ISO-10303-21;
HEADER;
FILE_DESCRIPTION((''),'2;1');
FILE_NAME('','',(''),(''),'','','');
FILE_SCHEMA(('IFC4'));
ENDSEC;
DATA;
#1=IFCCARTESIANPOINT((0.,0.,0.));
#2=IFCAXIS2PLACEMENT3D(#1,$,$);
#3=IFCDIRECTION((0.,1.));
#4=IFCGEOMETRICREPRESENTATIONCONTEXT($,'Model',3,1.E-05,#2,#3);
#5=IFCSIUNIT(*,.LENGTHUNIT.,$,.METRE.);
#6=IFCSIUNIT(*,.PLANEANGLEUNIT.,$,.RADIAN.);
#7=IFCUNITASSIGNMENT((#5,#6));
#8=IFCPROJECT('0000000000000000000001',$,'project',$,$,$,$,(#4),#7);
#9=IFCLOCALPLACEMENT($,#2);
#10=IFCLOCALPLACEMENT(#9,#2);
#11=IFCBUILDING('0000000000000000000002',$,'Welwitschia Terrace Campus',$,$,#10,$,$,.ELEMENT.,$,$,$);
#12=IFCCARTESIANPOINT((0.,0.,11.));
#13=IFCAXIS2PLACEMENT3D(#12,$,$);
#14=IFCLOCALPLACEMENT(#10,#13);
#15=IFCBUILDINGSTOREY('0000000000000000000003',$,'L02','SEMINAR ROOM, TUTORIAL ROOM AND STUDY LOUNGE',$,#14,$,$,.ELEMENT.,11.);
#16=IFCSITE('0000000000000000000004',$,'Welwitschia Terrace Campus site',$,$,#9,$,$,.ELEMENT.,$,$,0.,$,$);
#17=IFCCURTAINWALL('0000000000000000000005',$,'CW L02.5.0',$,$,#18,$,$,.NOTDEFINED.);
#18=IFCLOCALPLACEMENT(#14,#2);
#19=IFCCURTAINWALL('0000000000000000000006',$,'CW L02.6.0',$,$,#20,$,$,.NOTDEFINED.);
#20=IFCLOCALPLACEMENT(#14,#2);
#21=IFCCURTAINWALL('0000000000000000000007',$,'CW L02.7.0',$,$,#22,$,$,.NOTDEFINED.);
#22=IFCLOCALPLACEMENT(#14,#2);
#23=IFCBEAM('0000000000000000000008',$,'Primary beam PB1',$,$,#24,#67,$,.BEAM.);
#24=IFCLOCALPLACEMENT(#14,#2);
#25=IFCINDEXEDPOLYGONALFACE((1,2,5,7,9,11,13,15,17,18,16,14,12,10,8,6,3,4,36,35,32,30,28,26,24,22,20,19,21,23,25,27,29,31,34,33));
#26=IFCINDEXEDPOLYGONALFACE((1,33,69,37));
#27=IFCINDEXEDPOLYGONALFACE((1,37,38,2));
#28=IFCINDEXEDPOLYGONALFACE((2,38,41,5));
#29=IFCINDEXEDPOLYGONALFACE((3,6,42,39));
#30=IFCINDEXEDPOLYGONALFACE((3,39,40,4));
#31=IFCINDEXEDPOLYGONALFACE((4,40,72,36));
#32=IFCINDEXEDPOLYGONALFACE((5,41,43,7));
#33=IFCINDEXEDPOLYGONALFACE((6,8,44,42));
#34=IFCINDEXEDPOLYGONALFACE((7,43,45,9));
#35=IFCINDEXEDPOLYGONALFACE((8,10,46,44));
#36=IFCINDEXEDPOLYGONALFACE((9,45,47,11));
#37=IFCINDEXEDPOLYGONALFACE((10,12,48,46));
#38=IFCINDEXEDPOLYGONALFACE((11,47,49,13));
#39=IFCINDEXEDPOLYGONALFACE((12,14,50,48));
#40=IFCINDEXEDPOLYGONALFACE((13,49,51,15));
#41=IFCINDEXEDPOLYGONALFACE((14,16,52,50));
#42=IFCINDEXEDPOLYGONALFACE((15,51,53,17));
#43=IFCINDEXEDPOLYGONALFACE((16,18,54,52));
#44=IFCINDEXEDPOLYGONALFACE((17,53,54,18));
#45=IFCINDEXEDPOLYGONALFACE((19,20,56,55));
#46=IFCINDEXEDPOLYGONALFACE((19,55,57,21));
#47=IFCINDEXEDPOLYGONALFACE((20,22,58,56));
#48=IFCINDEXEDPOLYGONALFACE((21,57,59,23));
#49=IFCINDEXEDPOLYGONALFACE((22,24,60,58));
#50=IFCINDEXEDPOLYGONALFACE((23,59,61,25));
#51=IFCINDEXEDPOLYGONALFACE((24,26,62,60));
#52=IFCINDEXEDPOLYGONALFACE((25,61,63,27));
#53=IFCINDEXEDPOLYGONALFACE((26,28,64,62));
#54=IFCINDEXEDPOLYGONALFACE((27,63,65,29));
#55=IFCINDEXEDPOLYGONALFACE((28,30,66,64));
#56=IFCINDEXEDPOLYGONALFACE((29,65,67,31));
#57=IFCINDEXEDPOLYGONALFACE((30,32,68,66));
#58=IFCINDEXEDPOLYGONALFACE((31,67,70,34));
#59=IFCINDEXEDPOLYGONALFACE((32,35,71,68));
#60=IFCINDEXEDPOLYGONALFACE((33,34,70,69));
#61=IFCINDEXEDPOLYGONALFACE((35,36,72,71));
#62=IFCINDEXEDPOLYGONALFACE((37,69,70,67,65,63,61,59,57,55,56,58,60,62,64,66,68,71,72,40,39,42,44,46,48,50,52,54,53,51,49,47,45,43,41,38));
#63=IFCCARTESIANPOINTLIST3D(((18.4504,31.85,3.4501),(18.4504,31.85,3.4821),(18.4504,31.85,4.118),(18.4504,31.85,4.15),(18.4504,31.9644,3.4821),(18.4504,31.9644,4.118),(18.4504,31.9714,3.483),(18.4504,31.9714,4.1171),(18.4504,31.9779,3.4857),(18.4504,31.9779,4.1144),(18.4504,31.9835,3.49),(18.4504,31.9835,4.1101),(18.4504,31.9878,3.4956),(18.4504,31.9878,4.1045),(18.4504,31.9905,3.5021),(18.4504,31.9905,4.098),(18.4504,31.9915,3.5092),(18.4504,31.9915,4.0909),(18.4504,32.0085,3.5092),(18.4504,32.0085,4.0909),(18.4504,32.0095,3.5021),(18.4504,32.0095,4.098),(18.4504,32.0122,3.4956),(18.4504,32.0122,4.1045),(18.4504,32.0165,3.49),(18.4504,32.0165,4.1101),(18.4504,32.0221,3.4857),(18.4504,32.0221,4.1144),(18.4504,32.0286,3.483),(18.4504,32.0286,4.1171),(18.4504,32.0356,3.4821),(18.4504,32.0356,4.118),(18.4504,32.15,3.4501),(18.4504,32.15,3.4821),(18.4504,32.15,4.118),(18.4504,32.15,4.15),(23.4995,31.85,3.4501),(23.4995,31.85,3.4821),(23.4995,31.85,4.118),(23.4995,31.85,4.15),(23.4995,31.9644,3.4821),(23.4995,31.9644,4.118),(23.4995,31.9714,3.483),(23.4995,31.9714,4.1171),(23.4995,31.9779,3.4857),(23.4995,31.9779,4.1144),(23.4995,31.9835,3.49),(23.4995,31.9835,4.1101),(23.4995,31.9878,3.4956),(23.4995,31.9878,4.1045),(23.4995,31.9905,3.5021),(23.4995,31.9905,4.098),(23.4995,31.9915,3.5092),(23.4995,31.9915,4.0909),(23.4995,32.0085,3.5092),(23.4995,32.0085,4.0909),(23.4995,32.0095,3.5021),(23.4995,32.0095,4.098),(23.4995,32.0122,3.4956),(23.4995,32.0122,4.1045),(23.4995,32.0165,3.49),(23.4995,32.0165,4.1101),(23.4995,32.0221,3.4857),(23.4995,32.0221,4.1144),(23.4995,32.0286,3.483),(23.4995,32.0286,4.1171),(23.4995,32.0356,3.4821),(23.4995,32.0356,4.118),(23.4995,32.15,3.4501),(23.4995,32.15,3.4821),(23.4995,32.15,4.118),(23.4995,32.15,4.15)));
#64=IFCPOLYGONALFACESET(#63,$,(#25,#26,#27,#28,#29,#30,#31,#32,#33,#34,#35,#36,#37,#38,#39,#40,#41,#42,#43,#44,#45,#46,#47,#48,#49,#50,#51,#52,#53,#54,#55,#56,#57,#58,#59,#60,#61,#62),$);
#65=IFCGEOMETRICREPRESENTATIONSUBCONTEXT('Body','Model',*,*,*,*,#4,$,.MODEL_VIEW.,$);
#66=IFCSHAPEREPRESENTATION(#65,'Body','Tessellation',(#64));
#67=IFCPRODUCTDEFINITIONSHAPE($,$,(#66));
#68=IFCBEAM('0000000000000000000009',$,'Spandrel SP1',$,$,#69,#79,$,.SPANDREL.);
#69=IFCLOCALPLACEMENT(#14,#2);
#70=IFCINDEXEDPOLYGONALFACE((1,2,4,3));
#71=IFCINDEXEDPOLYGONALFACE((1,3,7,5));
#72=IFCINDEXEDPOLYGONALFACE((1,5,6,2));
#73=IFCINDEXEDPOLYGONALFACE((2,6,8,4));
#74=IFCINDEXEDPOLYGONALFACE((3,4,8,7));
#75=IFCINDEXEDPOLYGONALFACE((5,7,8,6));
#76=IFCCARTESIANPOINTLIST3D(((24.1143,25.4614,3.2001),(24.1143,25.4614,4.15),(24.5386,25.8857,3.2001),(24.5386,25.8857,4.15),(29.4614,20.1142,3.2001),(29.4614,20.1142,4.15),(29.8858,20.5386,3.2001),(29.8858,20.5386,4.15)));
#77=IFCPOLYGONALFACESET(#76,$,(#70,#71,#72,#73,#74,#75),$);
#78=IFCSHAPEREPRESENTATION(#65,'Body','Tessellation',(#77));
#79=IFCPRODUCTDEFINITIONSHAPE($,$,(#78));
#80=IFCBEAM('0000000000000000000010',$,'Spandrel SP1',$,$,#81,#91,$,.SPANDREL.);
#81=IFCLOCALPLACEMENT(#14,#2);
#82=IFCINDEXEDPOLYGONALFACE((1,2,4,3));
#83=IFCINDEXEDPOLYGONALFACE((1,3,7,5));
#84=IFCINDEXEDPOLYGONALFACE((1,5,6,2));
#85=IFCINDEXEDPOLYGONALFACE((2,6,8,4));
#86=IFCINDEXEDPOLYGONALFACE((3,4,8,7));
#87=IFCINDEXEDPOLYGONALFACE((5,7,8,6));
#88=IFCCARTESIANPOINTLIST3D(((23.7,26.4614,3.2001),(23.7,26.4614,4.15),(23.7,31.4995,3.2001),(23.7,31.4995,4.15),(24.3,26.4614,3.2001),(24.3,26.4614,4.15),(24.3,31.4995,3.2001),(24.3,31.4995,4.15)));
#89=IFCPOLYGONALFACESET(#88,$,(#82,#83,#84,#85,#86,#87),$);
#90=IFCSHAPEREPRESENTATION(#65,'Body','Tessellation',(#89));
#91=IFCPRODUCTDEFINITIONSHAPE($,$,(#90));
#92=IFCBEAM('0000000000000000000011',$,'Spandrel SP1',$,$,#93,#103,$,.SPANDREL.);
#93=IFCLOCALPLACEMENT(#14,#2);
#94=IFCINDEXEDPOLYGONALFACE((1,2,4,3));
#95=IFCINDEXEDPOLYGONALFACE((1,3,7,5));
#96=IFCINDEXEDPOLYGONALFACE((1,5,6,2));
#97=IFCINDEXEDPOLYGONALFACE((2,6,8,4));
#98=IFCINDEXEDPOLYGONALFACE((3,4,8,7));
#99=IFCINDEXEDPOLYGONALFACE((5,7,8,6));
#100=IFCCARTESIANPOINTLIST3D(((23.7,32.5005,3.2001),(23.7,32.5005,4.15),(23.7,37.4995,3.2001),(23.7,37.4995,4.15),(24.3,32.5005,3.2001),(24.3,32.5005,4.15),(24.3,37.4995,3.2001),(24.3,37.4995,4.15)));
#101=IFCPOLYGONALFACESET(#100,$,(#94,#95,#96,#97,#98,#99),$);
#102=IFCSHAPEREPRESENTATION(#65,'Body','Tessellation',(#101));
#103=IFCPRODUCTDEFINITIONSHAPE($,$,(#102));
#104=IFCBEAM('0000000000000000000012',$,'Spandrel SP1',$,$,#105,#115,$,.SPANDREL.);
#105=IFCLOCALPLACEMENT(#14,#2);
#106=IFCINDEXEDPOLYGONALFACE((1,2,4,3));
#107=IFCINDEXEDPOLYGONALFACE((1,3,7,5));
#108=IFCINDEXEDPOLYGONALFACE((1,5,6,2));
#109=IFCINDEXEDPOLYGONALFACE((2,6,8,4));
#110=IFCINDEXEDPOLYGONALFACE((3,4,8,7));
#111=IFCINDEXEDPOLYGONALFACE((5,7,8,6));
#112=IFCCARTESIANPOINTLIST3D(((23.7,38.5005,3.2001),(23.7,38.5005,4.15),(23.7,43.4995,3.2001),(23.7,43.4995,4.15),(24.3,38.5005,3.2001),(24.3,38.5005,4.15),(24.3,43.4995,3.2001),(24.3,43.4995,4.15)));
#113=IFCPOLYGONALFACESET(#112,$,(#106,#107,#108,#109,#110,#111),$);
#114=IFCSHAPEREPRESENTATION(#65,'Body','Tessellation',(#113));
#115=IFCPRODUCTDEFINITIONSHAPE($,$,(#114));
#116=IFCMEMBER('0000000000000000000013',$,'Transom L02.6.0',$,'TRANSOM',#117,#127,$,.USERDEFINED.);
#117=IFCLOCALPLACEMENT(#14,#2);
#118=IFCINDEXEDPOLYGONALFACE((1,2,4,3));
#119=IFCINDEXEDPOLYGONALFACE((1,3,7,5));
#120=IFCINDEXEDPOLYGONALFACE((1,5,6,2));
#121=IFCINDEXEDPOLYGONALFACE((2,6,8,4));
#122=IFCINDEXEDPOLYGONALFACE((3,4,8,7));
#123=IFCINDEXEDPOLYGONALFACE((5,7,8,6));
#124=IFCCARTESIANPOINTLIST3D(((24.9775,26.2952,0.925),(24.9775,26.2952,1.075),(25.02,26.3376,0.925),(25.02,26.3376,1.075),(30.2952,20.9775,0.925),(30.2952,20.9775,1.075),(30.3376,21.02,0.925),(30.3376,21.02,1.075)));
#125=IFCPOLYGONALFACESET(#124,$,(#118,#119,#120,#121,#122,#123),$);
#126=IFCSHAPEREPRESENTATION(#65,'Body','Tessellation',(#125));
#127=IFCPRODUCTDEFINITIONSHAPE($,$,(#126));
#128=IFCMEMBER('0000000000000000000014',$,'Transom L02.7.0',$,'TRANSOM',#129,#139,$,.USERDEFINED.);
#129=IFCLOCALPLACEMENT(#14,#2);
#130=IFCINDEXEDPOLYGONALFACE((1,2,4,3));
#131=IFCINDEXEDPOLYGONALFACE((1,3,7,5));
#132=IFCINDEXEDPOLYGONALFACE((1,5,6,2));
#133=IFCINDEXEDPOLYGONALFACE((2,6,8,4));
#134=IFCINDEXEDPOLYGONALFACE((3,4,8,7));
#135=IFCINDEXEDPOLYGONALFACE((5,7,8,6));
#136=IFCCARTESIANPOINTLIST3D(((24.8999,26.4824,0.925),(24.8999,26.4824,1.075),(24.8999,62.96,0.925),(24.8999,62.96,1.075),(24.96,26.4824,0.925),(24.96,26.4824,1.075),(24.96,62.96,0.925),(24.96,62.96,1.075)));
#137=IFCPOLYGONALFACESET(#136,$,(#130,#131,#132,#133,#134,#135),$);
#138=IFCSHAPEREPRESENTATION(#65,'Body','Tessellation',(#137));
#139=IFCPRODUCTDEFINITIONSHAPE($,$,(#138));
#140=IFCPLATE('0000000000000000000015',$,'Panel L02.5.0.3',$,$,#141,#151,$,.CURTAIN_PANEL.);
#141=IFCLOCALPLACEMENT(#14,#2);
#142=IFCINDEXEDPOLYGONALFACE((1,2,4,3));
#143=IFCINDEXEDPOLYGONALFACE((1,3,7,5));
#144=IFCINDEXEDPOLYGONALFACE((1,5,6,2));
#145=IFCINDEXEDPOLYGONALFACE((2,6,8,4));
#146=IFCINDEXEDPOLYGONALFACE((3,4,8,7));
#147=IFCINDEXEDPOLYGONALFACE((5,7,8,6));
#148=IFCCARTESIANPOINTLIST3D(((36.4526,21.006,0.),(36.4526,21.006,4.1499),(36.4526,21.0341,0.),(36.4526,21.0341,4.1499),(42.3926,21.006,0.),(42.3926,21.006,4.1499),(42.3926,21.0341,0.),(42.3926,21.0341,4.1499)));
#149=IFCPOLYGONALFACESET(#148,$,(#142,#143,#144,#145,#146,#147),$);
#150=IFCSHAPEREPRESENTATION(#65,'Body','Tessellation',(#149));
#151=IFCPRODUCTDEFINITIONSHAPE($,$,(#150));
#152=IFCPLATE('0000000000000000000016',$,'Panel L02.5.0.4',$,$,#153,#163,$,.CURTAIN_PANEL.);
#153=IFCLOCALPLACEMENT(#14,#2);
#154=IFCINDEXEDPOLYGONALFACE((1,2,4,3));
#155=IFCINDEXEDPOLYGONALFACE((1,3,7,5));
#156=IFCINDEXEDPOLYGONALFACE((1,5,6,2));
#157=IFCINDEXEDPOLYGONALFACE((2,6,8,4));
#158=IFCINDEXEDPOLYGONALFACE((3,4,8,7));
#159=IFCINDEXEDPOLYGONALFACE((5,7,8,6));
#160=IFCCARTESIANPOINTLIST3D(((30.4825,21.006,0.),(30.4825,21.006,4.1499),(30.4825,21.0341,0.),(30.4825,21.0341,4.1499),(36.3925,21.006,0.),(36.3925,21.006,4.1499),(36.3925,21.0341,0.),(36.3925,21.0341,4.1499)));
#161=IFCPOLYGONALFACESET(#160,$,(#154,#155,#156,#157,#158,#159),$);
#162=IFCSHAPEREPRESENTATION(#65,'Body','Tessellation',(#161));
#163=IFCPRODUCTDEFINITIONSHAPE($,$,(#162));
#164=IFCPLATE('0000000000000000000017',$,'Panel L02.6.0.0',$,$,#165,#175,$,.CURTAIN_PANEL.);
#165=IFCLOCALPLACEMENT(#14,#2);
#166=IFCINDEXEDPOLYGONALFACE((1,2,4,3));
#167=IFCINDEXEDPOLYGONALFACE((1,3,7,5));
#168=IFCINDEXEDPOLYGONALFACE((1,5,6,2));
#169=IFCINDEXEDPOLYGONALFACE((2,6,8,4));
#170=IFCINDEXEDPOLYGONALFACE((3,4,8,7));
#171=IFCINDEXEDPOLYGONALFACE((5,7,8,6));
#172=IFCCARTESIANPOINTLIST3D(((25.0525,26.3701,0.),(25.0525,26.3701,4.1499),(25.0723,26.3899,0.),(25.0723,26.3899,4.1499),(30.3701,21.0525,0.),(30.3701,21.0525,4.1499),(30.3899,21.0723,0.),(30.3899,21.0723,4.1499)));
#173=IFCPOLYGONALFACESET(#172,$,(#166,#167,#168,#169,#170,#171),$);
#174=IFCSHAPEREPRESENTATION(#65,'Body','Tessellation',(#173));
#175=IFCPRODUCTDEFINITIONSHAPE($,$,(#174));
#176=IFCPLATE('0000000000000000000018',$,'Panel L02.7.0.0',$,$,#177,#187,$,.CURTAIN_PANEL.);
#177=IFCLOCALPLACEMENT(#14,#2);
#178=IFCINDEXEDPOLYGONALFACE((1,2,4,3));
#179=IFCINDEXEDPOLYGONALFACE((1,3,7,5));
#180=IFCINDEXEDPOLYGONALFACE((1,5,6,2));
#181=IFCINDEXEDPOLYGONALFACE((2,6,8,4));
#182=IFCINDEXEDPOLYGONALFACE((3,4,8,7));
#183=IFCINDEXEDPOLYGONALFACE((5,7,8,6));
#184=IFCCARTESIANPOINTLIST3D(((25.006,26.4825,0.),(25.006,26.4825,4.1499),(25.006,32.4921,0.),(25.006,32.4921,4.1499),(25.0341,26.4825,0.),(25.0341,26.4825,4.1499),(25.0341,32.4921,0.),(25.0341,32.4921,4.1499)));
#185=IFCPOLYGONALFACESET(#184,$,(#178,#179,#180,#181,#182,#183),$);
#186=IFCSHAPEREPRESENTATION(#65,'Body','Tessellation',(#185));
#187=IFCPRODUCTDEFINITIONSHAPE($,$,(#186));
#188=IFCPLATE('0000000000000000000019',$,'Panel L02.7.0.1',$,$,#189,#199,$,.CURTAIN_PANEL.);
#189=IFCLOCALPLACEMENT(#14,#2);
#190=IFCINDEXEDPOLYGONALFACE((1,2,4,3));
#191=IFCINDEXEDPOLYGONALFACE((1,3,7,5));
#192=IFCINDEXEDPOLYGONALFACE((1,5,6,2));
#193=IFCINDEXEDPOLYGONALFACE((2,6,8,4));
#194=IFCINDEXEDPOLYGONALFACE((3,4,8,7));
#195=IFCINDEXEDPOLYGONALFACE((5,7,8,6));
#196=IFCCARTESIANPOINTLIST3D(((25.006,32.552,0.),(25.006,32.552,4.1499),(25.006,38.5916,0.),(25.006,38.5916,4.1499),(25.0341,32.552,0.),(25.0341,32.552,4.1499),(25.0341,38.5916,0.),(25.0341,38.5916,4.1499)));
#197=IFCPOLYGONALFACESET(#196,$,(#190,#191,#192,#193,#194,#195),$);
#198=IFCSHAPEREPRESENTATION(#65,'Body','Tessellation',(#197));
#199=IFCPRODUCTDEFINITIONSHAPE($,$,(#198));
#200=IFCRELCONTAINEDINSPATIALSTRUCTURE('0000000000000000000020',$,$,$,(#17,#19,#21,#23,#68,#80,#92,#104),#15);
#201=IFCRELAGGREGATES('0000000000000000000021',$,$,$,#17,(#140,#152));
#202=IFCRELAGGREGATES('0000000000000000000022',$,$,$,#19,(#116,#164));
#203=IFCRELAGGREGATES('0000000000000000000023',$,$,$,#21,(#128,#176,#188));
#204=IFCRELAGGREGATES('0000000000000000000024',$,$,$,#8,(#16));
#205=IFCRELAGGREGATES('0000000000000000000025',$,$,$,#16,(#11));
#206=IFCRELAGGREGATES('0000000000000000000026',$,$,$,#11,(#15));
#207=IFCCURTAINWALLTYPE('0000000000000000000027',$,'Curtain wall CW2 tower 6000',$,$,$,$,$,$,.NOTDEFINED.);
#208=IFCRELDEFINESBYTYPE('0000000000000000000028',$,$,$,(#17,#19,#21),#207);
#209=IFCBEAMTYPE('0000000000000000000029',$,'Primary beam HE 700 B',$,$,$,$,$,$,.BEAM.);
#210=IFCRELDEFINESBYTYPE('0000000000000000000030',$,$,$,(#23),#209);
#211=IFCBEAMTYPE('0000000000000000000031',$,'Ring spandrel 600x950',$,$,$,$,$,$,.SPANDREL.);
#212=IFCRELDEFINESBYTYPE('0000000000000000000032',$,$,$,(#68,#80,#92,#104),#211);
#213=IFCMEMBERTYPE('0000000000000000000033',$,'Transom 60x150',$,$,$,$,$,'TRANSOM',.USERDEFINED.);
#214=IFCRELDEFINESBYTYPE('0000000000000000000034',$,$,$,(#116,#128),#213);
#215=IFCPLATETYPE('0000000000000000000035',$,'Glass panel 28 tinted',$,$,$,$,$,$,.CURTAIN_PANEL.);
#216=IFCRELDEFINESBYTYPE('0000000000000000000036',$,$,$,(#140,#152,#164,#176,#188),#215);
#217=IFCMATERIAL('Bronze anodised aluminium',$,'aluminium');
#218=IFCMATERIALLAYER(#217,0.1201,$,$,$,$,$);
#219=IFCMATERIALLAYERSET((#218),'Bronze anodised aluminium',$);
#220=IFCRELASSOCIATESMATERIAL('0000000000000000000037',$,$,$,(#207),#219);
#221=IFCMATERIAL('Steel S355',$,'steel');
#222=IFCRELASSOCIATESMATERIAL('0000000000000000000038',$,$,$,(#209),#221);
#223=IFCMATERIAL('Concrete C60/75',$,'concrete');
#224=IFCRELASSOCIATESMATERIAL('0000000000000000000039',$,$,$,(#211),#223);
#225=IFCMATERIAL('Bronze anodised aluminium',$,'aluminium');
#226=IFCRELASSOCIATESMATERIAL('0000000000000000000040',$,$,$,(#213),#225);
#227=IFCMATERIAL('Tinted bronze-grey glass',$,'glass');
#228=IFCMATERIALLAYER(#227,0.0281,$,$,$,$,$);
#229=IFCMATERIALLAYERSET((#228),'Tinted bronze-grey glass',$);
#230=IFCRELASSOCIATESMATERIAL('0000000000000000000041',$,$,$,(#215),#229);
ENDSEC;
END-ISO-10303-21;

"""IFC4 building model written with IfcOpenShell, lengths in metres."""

from ifc_helpers import new_model, si_unit, direction, frame, origin, origin_2d, place, context, subcontext, project, spatial, rectangle, i_section, extrude, material, layer, layer_set, material_profile, profile_set, type_object, element, aggregate, save


model = new_model("IFC4")

# Units and contexts
model_context = context("Model", 3, precision=1e-05, world=origin(), true_north=direction((0.0, 1.0)))
body_context = subcontext(model_context, "Body", "Model", "MODEL_VIEW")
ifc_project = project(units=[si_unit("LENGTHUNIT", "METRE"), si_unit("PLANEANGLEUNIT", "RADIAN")], contexts=[model_context])

# Site, building, storey
site_placement = place(None, origin())
site = spatial("IfcSite", under=ifc_project, at=site_placement, Name="Welwitschia Terrace Campus site", CompositionType="ELEMENT", RefElevation=0.0)
building_placement = place(site_placement, origin())
building = spatial("IfcBuilding", under=site, at=building_placement, Name="Welwitschia Terrace Campus", CompositionType="ELEMENT")
storey_placement = place(building_placement, frame((0.0, 0.0, 11.0)))
storey = spatial("IfcBuildingStorey", under=building, at=storey_placement, Name="L02", Description="SEMINAR ROOM, TUTORIAL ROOM AND STUDY LOUNGE", CompositionType="ELEMENT", Elevation=11.0)

# Curtain walls
ifc_material_1 = material(Name="Bronze anodised aluminium", Category="aluminium")
ifc_layer_1 = layer(ifc_material_1, 0.1201)
ifc_layer_set_1 = layer_set([ifc_layer_1], Name="Bronze anodised aluminium")
curtain_wall_type = type_object("IfcCurtainWallType", Name="Curtain wall CW2 tower 6000", PredefinedType="NOTDEFINED", material=ifc_layer_set_1)
curtain_wall_1_placement = place(storey_placement, origin())
curtain_wall_1 = element("IfcCurtainWall", 1, at=curtain_wall_1_placement, inside=storey, type_object=curtain_wall_type, Name="CW L02.5.0", PredefinedType="NOTDEFINED")
curtain_wall_2_placement = place(storey_placement, origin())
curtain_wall_2 = element("IfcCurtainWall", 2, at=curtain_wall_2_placement, inside=storey, type_object=curtain_wall_type, Name="CW L02.6.0", PredefinedType="NOTDEFINED")
curtain_wall_3_placement = place(storey_placement, origin())
curtain_wall_3 = element("IfcCurtainWall", 3, at=curtain_wall_3_placement, inside=storey, type_object=curtain_wall_type, Name="CW L02.7.0", PredefinedType="NOTDEFINED")

# Beams
ifc_material_2 = material(Name="Steel S355", Category="steel")
ifc_material_profile_1 = material_profile(ifc_material_2, i_section(OverallWidth=0.3, OverallDepth=0.7, WebThickness=0.0171, FlangeThickness=0.032, FilletRadius=0.0271, at=origin_2d()))
ifc_profile_set_1 = profile_set([ifc_material_profile_1], Name="Steel S355")
beam_type_1 = type_object("IfcBeamType", Name="Primary beam HE 700 B", PredefinedType="BEAM", material=ifc_profile_set_1)
beam_1_placement = place(storey_placement, frame((23.4995, 32.0, 3.8), z_axis=(-1.0, 0.0, 0.0), x_axis=(0.0, -1.0, 0.0)))
element("IfcBeam", 4, at=beam_1_placement, inside=storey, type_object=beam_type_1, Name="Primary beam PB1", PredefinedType="BEAM", context=body_context, shape_type="SweptSolid", body=[
    extrude(i_section(OverallWidth=0.3, OverallDepth=0.7, WebThickness=0.0171, FlangeThickness=0.032, FilletRadius=0.0271, at=origin_2d()), origin(), (0.0, 0.0, 1.0), 5.0491),
])
ifc_material_3 = material(Name="Concrete C60/75", Category="concrete")
ifc_material_profile_2 = material_profile(ifc_material_3, rectangle(XDim=0.6001, YDim=0.95, at=origin_2d()))
ifc_profile_set_2 = profile_set([ifc_material_profile_2], Name="Concrete C60/75")
beam_type_2 = type_object("IfcBeamType", Name="Ring spandrel 600x950", PredefinedType="SPANDREL", material=ifc_profile_set_2)
beam_2_placement = place(storey_placement, frame((29.6736, 20.3264, 3.675), z_axis=(-0.707107, 0.707107, 0.0), x_axis=(-0.707107, -0.707107, 0.0)))
element("IfcBeam", 5, at=beam_2_placement, inside=storey, type_object=beam_type_2, Name="Spandrel SP1", PredefinedType="SPANDREL", context=body_context, shape_type="SweptSolid", body=[
    extrude(rectangle(XDim=0.6001, YDim=0.95, at=origin_2d()), origin(), (0.0, 0.0, 1.0), 7.562),
])
beam_3_placement = place(storey_placement, frame((24.0, 26.4614, 3.675), z_axis=(0.0, 1.0, 0.0), x_axis=(-1.0, 0.0, 0.0)))
element("IfcBeam", 6, at=beam_3_placement, inside=storey, type_object=beam_type_2, Name="Spandrel SP1", PredefinedType="SPANDREL", context=body_context, shape_type="SweptSolid", body=[
    extrude(rectangle(XDim=0.6001, YDim=0.95, at=origin_2d()), origin(), (0.0, 0.0, 1.0), 5.0381),
])
for number, where, z_axis, x_axis, name in (
    (7, (24.0, 32.5005, 3.675), (0.0, 1.0, 0.0), (-1.0, 0.0, 0.0), "Spandrel SP1"),
    (8, (24.0, 38.5005, 3.675), (0.0, 1.0, 0.0), (-1.0, 0.0, 0.0), "Spandrel SP1"),
):
    element("IfcBeam", number, at=place(storey_placement, frame(where, z_axis=z_axis, x_axis=x_axis)), inside=storey, type_object=beam_type_2, Name=name, PredefinedType="SPANDREL", context=body_context, shape_type="SweptSolid", body=[
        extrude(rectangle(XDim=0.6001, YDim=0.95, at=origin_2d()), origin(), (0.0, 0.0, 1.0), 4.999),
    ])

# Members
ifc_material_4 = material(Name="Bronze anodised aluminium", Category="aluminium")
ifc_material_profile_3 = material_profile(ifc_material_4, rectangle(XDim=0.0601, YDim=0.1499, at=origin_2d()))
ifc_profile_set_3 = profile_set([ifc_material_profile_3], Name="Bronze anodised aluminium")
member_type_1 = type_object("IfcMemberType", Name="Transom 60x150", ElementType="TRANSOM", PredefinedType="USERDEFINED", material=ifc_profile_set_3)
member_1_placement = place(storey_placement, frame((30.3164, 20.9988, 1.0), z_axis=(-0.707107, 0.707107, 0.0), x_axis=(-0.707107, -0.707107, 0.0)))
member_1 = element("IfcMember", 9, at=member_1_placement, type_object=member_type_1, Name="Transom L02.6.0", ObjectType="TRANSOM", PredefinedType="USERDEFINED", context=body_context, shape_type="SweptSolid", body=[
    extrude(rectangle(XDim=0.0601, YDim=0.1499, at=origin_2d()), origin(), (0.0, 0.0, 1.0), 7.5203),
])
member_2_placement = place(storey_placement, frame((24.9299, 26.4824, 1.0), z_axis=(0.0, 1.0, 0.0), x_axis=(-1.0, 0.0, 0.0)))
member_2 = element("IfcMember", 10, at=member_2_placement, type_object=member_type_1, Name="Transom L02.7.0", ObjectType="TRANSOM", PredefinedType="USERDEFINED", context=body_context, shape_type="SweptSolid", body=[
    extrude(rectangle(XDim=0.0601, YDim=0.1499, at=origin_2d()), origin(), (0.0, 0.0, 1.0), 36.4775),
])

# Plates
ifc_material_5 = material(Name="Tinted bronze-grey glass", Category="glass")
ifc_layer_2 = layer(ifc_material_5, 0.0281)
ifc_layer_set_2 = layer_set([ifc_layer_2], Name="Tinted bronze-grey glass")
plate_type = type_object("IfcPlateType", Name="Glass panel 28 tinted", PredefinedType="CURTAIN_PANEL", material=ifc_layer_set_2)
plate_1_placement = place(storey_placement, frame((39.4226, 21.02, 0.0), z_axis=(0.0, 0.0, 1.0), x_axis=(-1.0, 0.0, 0.0)))
plate_1 = element("IfcPlate", 11, at=plate_1_placement, type_object=plate_type, Name="Panel L02.5.0.3", PredefinedType="CURTAIN_PANEL", context=body_context, shape_type="SweptSolid", body=[
    extrude(rectangle(XDim=5.9399, YDim=0.0281, at=origin_2d()), origin(), (0.0, 0.0, 1.0), 4.1499),
])
plate_2_placement = place(storey_placement, frame((33.4375, 21.02, 0.0), z_axis=(0.0, 0.0, 1.0), x_axis=(-1.0, 0.0, 0.0)))
plate_2 = element("IfcPlate", 12, at=plate_2_placement, type_object=plate_type, Name="Panel L02.5.0.4", PredefinedType="CURTAIN_PANEL", context=body_context, shape_type="SweptSolid", body=[
    extrude(rectangle(XDim=5.9099, YDim=0.0281, at=origin_2d()), origin(), (0.0, 0.0, 1.0), 4.1499),
])
aggregate(curtain_wall_1, [plate_1, plate_2])
plate_3_placement = place(storey_placement, frame((27.7212, 23.7212, 0.0), z_axis=(0.0, 0.0, 1.0), x_axis=(-0.707107, 0.707107, 0.0)))
plate_3 = element("IfcPlate", 13, at=plate_3_placement, type_object=plate_type, Name="Panel L02.6.0.0", PredefinedType="CURTAIN_PANEL", context=body_context, shape_type="SweptSolid", body=[
    extrude(rectangle(XDim=7.5203, YDim=0.0281, at=origin_2d()), origin(), (0.0, 0.0, 1.0), 4.1499),
])
aggregate(curtain_wall_2, [member_1, plate_3])
plate_4_placement = place(storey_placement, frame((25.02, 29.4873, 0.0), z_axis=(0.0, 0.0, 1.0), x_axis=(0.0, 1.0, 0.0)))
plate_4 = element("IfcPlate", 14, at=plate_4_placement, type_object=plate_type, Name="Panel L02.7.0.0", PredefinedType="CURTAIN_PANEL", context=body_context, shape_type="SweptSolid", body=[
    extrude(rectangle(XDim=6.0095, YDim=0.0281, at=origin_2d()), origin(), (0.0, 0.0, 1.0), 4.1499),
])
plate_5_placement = place(storey_placement, frame((25.02, 35.5718, 0.0), z_axis=(0.0, 0.0, 1.0), x_axis=(0.0, 1.0, 0.0)))
plate_5 = element("IfcPlate", 15, at=plate_5_placement, type_object=plate_type, Name="Panel L02.7.0.1", PredefinedType="CURTAIN_PANEL", context=body_context, shape_type="SweptSolid", body=[
    extrude(rectangle(XDim=6.0396, YDim=0.0281, at=origin_2d()), origin(), (0.0, 0.0, 1.0), 4.1499),
])
aggregate(curtain_wall_3, [member_2, plate_4, plate_5])

save(model, "model.ifc")
